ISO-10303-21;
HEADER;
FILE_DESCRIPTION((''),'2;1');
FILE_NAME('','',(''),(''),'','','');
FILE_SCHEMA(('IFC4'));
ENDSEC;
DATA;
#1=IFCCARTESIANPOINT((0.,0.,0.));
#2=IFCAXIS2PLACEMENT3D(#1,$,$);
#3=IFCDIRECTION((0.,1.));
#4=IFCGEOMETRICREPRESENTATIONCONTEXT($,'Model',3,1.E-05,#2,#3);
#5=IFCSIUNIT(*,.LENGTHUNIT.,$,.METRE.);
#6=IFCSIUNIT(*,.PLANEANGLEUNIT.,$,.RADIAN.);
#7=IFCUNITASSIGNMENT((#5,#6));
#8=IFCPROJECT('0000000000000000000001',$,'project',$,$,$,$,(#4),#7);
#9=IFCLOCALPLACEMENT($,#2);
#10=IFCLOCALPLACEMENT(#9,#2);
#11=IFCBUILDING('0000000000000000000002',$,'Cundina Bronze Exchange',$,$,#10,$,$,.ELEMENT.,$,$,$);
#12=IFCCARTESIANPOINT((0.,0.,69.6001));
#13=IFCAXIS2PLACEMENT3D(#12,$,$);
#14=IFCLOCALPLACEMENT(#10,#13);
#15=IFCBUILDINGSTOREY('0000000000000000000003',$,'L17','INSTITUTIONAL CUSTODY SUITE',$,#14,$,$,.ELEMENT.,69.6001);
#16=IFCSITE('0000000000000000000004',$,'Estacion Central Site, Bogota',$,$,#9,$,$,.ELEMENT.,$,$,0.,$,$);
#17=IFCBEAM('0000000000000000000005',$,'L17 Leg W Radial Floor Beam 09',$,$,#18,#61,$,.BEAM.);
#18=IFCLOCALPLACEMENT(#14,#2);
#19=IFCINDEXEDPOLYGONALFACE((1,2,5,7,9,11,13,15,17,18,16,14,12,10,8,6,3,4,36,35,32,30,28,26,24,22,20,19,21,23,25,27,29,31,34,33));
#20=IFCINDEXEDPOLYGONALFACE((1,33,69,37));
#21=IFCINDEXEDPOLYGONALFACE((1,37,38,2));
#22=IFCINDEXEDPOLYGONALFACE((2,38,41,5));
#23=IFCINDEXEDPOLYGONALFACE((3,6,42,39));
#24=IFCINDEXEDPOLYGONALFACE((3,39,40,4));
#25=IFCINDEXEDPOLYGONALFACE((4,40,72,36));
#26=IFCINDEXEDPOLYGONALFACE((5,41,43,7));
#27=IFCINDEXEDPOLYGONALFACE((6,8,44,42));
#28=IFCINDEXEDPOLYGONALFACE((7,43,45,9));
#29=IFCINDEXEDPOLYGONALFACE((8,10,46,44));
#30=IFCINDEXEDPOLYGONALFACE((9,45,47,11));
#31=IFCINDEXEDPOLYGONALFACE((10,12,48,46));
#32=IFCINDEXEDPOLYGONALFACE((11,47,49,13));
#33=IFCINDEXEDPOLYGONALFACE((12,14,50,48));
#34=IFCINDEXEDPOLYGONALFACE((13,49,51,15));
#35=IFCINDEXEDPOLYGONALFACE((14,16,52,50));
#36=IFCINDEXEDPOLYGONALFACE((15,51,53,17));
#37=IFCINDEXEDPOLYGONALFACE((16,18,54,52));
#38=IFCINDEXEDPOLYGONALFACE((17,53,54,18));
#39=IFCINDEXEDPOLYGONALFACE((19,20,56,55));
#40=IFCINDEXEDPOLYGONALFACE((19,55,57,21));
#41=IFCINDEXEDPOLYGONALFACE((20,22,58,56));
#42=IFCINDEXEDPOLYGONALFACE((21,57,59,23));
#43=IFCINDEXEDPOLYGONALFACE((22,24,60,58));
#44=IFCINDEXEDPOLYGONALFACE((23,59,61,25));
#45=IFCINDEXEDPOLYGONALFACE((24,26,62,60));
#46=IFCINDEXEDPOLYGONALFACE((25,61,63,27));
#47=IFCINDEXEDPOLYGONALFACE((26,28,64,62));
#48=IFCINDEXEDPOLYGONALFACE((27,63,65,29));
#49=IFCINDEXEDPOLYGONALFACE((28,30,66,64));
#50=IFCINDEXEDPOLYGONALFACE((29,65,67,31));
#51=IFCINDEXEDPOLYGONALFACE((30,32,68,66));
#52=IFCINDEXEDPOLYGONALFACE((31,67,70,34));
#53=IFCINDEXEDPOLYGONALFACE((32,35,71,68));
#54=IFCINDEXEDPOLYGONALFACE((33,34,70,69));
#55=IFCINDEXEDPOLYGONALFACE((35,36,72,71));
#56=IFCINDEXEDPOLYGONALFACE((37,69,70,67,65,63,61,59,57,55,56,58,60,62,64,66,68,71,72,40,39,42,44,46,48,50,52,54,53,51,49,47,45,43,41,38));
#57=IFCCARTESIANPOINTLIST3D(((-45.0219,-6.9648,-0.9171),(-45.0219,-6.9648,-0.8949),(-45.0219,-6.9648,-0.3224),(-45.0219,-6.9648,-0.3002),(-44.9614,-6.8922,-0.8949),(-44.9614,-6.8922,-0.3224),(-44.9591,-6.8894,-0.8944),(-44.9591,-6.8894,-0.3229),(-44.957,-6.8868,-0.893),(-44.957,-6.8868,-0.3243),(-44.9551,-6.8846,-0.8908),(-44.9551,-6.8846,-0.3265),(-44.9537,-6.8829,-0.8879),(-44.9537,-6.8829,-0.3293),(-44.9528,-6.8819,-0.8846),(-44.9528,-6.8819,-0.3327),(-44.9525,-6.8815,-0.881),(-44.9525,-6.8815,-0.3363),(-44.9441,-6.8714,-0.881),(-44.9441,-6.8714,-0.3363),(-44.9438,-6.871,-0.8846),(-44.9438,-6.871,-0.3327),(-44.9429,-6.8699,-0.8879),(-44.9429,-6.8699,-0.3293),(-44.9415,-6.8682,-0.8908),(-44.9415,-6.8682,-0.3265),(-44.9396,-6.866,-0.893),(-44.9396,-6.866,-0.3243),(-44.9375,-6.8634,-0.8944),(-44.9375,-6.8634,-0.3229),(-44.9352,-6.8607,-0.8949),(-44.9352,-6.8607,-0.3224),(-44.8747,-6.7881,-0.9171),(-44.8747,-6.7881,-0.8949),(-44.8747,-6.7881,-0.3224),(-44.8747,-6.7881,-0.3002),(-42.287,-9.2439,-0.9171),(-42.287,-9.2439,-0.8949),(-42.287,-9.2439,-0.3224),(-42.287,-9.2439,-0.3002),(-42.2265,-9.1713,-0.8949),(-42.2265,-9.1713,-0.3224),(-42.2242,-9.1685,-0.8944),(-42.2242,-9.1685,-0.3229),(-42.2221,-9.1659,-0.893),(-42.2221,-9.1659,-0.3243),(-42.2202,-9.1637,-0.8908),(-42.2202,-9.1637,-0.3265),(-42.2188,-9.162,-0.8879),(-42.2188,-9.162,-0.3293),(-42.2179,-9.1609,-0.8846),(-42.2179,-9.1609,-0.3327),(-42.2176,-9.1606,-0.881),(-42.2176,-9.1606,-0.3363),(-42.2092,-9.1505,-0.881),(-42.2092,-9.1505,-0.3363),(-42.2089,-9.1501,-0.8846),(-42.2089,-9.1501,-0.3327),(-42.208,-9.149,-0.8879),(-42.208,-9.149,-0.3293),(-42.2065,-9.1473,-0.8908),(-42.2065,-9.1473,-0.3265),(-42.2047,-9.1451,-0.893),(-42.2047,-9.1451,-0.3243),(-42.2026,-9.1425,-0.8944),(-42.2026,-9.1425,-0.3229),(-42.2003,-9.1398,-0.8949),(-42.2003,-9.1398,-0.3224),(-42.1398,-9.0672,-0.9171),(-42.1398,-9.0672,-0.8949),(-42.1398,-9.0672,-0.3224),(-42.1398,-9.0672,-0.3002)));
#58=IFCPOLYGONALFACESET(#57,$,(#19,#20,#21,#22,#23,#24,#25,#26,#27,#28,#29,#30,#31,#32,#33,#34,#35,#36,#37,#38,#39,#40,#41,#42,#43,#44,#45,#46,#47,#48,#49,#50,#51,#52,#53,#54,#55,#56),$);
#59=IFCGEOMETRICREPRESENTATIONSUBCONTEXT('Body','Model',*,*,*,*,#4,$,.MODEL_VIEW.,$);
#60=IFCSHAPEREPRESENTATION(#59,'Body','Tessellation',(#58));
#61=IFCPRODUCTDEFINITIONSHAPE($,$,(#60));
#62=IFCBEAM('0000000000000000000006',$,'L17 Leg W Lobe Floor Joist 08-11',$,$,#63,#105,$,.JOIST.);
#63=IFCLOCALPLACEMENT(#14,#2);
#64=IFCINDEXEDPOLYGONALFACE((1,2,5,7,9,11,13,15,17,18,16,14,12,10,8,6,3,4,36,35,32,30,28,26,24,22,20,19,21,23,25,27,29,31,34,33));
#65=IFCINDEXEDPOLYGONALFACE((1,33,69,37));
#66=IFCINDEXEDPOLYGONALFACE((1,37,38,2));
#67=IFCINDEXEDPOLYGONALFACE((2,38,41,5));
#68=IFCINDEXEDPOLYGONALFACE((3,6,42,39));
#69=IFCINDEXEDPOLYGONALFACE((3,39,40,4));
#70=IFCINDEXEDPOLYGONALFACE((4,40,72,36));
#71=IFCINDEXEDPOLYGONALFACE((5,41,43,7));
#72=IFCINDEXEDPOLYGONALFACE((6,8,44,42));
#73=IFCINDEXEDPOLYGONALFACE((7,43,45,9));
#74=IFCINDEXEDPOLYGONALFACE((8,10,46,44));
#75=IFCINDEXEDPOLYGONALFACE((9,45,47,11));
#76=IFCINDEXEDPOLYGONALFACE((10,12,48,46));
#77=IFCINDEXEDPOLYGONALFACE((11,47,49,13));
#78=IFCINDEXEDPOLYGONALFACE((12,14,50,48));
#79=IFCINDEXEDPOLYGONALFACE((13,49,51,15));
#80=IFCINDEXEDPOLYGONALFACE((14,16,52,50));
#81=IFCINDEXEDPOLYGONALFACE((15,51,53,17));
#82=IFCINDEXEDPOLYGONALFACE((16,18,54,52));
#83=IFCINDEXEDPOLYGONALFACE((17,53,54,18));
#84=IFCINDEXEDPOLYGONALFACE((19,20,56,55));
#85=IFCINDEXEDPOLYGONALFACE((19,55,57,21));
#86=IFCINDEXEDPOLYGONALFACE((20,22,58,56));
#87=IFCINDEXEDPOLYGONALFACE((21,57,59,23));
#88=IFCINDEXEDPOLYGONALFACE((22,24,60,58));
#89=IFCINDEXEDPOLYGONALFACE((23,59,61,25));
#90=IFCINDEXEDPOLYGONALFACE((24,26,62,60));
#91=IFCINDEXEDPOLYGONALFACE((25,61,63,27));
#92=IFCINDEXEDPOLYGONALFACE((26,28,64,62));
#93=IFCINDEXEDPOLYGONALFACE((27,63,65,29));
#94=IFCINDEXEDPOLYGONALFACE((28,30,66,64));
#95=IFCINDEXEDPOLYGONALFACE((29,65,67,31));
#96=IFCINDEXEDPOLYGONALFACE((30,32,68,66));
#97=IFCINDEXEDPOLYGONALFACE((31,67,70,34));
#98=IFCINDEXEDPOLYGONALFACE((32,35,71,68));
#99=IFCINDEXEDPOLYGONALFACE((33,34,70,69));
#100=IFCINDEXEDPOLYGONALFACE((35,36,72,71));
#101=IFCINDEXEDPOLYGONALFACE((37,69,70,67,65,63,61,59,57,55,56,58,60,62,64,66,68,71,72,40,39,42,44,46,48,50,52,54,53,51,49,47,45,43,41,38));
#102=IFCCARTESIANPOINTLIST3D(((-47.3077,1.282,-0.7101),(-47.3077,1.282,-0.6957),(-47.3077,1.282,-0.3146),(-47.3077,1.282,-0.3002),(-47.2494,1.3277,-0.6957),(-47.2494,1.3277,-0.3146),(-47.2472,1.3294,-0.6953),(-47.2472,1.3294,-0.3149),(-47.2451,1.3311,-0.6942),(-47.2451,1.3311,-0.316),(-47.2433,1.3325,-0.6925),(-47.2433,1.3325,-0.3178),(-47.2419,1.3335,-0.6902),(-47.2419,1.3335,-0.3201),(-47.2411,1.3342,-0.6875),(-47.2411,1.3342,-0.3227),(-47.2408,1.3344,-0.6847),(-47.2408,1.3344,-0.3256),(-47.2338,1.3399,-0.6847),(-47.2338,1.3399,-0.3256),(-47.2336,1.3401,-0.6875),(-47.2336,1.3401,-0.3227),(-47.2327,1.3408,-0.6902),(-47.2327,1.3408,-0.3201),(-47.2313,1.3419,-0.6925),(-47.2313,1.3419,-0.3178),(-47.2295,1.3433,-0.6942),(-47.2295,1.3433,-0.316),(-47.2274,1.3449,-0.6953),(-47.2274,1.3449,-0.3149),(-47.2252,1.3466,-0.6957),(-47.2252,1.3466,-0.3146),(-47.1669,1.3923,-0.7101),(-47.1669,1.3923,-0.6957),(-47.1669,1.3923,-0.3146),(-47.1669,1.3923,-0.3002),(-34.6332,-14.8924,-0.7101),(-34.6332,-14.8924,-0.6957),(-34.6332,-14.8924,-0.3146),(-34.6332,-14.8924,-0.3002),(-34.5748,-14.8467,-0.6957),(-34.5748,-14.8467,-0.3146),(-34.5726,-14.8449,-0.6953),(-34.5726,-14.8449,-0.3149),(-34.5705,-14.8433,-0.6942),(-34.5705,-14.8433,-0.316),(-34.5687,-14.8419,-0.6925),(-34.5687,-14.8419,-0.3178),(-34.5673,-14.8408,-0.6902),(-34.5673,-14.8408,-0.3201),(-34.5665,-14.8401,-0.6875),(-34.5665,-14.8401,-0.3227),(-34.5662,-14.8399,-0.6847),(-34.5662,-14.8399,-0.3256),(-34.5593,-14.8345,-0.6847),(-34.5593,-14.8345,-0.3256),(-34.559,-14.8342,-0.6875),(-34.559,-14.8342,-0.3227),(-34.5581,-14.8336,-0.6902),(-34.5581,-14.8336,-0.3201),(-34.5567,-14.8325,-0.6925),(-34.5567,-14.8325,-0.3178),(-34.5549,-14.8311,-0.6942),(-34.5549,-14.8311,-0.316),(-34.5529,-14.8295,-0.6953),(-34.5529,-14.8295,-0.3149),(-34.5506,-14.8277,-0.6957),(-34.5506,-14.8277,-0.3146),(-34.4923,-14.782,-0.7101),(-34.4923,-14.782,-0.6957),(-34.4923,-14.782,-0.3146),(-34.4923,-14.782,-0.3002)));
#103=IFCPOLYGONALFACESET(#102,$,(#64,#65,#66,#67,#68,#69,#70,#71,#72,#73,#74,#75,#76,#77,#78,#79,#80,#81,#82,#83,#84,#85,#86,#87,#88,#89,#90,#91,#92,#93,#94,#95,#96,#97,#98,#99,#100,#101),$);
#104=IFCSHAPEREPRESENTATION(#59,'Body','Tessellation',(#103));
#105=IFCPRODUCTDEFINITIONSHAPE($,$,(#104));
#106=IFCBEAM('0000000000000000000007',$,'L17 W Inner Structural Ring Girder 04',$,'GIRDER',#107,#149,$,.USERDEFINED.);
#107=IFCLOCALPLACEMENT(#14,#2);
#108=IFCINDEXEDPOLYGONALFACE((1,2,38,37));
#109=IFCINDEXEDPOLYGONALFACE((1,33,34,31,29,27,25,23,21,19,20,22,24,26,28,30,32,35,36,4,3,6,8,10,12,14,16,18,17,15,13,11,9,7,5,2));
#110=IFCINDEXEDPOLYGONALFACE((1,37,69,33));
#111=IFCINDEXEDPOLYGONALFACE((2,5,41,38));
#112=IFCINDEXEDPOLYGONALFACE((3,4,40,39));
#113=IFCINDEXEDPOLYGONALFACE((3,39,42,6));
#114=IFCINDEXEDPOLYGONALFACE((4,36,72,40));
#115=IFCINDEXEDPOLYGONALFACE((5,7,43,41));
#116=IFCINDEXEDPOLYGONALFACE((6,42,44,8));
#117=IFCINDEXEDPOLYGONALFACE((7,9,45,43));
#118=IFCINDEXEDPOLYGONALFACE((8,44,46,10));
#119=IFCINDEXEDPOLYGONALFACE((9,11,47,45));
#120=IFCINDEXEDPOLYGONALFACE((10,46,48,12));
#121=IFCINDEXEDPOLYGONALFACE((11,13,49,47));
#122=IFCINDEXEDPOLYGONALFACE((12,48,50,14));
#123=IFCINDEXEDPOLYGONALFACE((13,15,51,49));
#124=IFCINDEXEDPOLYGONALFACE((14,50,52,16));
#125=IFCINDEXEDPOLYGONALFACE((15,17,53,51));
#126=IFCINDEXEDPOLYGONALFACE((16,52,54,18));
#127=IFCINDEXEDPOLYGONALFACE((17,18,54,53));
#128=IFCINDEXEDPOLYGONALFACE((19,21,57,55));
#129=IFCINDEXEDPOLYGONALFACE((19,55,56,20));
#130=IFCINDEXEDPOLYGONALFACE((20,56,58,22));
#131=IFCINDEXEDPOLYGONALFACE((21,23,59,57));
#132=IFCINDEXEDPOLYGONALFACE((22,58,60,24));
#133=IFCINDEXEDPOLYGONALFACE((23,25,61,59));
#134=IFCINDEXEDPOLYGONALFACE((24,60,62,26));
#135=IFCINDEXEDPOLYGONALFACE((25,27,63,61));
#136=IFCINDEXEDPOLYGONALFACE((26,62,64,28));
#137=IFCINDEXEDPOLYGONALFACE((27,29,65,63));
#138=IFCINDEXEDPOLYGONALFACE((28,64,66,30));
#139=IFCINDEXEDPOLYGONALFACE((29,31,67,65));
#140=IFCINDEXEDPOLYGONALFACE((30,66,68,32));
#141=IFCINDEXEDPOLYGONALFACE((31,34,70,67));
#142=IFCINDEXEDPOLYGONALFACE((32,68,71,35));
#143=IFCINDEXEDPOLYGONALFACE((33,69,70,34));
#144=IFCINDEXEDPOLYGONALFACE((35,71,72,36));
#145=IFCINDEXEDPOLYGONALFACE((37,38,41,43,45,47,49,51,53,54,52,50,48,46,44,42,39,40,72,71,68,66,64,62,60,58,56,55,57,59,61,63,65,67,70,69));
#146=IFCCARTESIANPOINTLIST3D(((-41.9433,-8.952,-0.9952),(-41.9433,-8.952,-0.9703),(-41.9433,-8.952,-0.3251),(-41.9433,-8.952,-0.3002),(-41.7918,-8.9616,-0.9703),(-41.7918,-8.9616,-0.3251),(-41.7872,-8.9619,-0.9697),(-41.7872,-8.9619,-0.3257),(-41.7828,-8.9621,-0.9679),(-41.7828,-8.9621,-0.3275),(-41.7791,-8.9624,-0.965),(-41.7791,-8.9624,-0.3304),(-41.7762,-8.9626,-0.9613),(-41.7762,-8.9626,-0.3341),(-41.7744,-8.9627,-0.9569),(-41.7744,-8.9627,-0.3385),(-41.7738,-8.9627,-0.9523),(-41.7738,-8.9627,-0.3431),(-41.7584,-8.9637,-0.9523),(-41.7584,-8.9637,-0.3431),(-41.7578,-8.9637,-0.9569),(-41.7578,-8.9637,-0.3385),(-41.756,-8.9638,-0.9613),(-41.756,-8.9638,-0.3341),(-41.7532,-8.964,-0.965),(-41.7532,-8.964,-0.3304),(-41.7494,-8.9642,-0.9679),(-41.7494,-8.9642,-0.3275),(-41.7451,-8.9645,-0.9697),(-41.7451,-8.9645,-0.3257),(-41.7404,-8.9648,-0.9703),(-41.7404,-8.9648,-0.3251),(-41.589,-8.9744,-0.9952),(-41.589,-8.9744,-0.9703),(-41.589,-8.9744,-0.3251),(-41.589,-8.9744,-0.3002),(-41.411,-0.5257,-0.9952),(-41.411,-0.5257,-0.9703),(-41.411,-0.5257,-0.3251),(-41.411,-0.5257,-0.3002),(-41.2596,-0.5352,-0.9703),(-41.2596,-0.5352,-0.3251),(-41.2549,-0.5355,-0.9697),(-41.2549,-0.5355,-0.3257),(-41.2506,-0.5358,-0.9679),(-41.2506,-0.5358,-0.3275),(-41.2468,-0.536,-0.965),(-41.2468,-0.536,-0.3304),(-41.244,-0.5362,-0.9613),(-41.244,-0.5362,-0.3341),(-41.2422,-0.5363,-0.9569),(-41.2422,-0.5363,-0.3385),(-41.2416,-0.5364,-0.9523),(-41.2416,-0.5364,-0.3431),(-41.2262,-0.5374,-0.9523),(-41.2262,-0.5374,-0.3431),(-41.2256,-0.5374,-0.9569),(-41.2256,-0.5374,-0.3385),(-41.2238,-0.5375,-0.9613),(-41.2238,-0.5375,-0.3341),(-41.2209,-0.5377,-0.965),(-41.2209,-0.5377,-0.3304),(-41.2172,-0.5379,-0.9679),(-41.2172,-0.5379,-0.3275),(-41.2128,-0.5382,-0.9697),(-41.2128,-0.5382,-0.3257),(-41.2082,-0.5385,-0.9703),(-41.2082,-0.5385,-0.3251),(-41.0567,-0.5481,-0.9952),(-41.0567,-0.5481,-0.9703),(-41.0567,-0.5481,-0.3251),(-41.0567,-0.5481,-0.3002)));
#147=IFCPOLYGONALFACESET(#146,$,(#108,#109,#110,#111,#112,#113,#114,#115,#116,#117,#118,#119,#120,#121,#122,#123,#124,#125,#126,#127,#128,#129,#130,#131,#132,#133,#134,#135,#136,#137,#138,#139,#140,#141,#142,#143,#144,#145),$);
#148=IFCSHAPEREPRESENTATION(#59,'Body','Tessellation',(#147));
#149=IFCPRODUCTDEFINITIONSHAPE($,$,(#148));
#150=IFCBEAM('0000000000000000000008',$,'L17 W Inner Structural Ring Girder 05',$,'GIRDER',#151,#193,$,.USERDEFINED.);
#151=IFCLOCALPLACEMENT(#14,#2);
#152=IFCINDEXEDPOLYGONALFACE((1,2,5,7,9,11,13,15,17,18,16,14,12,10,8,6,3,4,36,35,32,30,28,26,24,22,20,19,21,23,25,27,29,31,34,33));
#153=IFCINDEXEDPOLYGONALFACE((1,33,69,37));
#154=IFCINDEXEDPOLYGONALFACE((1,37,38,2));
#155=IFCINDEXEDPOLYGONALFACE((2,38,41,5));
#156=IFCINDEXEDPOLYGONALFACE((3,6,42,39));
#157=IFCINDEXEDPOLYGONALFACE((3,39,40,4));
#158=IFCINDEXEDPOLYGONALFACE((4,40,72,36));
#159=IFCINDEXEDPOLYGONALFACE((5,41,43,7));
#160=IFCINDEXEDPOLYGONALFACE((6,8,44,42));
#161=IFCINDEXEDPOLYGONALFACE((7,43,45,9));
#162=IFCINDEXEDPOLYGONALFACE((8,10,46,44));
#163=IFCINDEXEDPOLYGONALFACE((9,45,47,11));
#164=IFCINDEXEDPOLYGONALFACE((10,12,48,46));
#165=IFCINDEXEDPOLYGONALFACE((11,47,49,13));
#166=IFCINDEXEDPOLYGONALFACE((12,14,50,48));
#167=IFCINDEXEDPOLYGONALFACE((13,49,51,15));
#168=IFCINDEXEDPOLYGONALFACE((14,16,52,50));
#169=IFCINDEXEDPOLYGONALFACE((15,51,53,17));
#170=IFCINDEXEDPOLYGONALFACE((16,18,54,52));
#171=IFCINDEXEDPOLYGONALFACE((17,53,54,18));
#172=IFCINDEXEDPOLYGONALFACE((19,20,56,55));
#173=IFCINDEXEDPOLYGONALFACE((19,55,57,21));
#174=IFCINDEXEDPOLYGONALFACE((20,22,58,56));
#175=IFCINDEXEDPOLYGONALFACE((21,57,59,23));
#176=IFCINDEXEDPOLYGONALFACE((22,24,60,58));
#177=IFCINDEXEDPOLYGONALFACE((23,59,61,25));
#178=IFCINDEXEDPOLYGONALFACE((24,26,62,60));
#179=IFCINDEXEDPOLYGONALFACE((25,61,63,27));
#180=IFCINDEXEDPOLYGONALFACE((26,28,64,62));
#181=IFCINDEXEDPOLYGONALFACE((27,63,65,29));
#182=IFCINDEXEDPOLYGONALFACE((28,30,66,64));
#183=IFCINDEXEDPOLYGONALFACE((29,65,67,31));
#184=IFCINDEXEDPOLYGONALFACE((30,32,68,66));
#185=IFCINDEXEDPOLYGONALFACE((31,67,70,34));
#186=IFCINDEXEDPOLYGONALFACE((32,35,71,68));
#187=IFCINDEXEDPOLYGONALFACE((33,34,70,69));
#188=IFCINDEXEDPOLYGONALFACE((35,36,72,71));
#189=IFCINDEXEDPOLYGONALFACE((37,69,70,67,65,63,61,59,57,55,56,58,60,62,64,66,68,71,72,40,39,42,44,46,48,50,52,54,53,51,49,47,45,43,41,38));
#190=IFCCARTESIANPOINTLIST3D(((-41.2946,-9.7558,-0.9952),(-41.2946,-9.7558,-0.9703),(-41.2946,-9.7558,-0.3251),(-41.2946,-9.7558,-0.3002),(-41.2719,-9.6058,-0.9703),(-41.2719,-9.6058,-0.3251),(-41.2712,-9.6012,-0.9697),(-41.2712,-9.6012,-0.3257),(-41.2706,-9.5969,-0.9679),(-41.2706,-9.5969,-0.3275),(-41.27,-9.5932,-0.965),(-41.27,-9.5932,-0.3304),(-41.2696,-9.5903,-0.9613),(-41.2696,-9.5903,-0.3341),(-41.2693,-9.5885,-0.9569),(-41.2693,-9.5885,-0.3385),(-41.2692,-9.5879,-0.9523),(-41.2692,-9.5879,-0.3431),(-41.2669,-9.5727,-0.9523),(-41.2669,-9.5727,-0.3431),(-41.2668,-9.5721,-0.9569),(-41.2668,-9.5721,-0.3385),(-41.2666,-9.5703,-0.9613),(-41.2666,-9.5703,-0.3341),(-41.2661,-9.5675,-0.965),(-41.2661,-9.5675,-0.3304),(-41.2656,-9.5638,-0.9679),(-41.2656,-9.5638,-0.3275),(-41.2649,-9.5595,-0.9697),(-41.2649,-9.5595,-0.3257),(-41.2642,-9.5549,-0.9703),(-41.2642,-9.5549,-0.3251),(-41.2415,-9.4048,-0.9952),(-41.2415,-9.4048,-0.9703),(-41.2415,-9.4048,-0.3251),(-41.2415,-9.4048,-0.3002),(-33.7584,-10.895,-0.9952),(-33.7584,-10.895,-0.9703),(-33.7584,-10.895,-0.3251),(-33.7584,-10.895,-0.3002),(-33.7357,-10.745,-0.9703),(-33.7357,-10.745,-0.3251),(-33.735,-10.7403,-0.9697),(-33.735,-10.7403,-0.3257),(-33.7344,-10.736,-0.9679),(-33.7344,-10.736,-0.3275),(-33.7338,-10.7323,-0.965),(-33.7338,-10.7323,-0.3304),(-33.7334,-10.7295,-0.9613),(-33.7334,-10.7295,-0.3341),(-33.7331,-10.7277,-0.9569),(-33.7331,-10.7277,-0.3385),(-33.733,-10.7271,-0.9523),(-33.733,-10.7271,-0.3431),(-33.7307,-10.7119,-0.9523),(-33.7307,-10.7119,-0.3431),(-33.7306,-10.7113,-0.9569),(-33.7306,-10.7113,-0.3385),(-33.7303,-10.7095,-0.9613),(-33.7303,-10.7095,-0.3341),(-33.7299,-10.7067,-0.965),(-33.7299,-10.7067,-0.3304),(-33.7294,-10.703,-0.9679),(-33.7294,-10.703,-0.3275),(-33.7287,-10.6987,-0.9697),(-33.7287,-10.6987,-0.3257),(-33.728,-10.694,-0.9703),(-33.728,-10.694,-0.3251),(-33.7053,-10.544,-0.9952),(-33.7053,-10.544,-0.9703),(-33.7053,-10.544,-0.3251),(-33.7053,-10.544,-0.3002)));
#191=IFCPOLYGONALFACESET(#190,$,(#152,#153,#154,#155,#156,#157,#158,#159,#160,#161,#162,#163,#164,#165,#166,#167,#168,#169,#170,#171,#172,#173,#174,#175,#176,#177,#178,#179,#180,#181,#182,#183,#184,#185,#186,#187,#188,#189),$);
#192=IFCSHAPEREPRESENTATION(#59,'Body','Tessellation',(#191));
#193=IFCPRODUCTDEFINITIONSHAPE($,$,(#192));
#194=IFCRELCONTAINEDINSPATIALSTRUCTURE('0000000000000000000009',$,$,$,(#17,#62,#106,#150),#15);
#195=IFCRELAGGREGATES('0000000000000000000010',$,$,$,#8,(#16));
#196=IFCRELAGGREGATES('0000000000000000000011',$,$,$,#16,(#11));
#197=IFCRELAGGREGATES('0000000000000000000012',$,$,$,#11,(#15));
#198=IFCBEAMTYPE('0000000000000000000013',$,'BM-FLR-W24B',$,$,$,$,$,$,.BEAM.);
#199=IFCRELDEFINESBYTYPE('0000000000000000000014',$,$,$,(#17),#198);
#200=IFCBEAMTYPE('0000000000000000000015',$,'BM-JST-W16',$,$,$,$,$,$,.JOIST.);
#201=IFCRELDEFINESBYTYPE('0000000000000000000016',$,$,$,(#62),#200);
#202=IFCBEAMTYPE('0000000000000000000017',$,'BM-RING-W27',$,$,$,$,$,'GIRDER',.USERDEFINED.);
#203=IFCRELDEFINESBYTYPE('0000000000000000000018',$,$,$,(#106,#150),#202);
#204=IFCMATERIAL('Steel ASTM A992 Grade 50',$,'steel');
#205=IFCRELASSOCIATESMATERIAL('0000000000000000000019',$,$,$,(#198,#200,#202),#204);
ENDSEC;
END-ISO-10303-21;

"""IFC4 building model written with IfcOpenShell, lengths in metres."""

from ifc_helpers import new_model, si_unit, direction, frame, origin, origin_2d, place, context, subcontext, project, spatial, i_section, extrude, material, material_profile, profile_set, type_object, element, save


model = new_model("IFC4")

# Units and contexts
model_context = context("Model", 3, precision=1e-05, world=origin(), true_north=direction((0.0, 1.0)))
body_context = subcontext(model_context, "Body", "Model", "MODEL_VIEW")
ifc_project = project(units=[si_unit("LENGTHUNIT", "METRE"), si_unit("PLANEANGLEUNIT", "RADIAN")], contexts=[model_context])

# Site, building, storey
site_placement = place(None, origin())
site = spatial("IfcSite", under=ifc_project, at=site_placement, Name="Estacion Central Site, Bogota", CompositionType="ELEMENT", RefElevation=0.0)
building_placement = place(site_placement, origin())
building = spatial("IfcBuilding", under=site, at=building_placement, Name="Cundina Bronze Exchange", CompositionType="ELEMENT")
storey_placement = place(building_placement, frame((0.0, 0.0, 69.6001)))
storey = spatial("IfcBuildingStorey", under=building, at=storey_placement, Name="L17", Description="INSTITUTIONAL CUSTODY SUITE", CompositionType="ELEMENT", Elevation=69.6001)

# Shared definitions
ifc_material_1 = material(Name="Steel ASTM A992 Grade 50", Category="steel")

# Beams
ifc_material_profile_1 = material_profile(ifc_material_1, i_section(OverallWidth=0.23, OverallDepth=0.6169, WebThickness=0.0132, FlangeThickness=0.0222, FilletRadius=0.0139, at=origin_2d()), Name="W24X94", Category="steel")
ifc_profile_set_1 = profile_set([ifc_material_profile_1], Name="Steel ASTM A992 Grade 50")
beam_type_1 = type_object("IfcBeamType", Name="BM-FLR-W24B", PredefinedType="BEAM", material=ifc_profile_set_1)
beam_1_placement = place(storey_placement, frame((-42.2134, -9.1555, -0.6086), z_axis=(-0.768221, 0.640184, 0.0), x_axis=(-0.640184, -0.768221, 0.0)))
element("IfcBeam", 1, at=beam_1_placement, inside=storey, type_object=beam_type_1, Name="L17 Leg W Radial Floor Beam 09", PredefinedType="BEAM", context=body_context, shape_type="SweptSolid", body=[
    extrude(i_section(OverallWidth=0.23, OverallDepth=0.6169, WebThickness=0.0132, FlangeThickness=0.0222, FilletRadius=0.0139, at=origin_2d()), origin(), (0.0, 0.0, 1.0), 3.5601),
])
ifc_material_profile_2 = material_profile(ifc_material_1, i_section(OverallWidth=0.179, OverallDepth=0.4099, WebThickness=0.0088, FlangeThickness=0.0144, FilletRadius=0.011, at=origin_2d()), Name="W16X45", Category="steel")
ifc_profile_set_2 = profile_set([ifc_material_profile_2], Name="Steel ASTM A992 Grade 50")
beam_type_2 = type_object("IfcBeamType", Name="BM-JST-W16", PredefinedType="JOIST", material=ifc_profile_set_2)
beam_2_placement = place(storey_placement, frame((-47.2373, 1.3372, -0.5051), z_axis=(0.616803, -0.787117, 0.0), x_axis=(0.787117, 0.616803, 0.0)))
element("IfcBeam", 2, at=beam_2_placement, inside=storey, type_object=beam_type_2, Name="L17 Leg W Lobe Floor Joist 08-11", PredefinedType="JOIST", context=body_context, shape_type="SweptSolid", body=[
    extrude(i_section(OverallWidth=0.179, OverallDepth=0.4099, WebThickness=0.0088, FlangeThickness=0.0144, FilletRadius=0.011, at=origin_2d()), origin(), (0.0, 0.0, 1.0), 20.5488),
])
ifc_material_profile_3 = material_profile(ifc_material_1, i_section(OverallWidth=0.355, OverallDepth=0.6951, WebThickness=0.0154, FlangeThickness=0.0249, FilletRadius=0.0181, at=origin_2d()), Name="W27X146", Category="steel")
ifc_profile_set_3 = profile_set([ifc_material_profile_3], Name="Steel ASTM A992 Grade 50")
beam_type_3 = type_object("IfcBeamType", Name="BM-RING-W27", ElementType="GIRDER", PredefinedType="USERDEFINED", material=ifc_profile_set_3)
beam_3_placement = place(storey_placement, frame((-41.2339, -0.5369, -0.6477), z_axis=(-0.063037, -0.998011, 0.0), x_axis=(0.998011, -0.063037, 0.0)))
element("IfcBeam", 3, at=beam_3_placement, inside=storey, type_object=beam_type_3, Name="L17 W Inner Structural Ring Girder 04", ObjectType="GIRDER", PredefinedType="USERDEFINED", context=body_context, shape_type="SweptSolid", body=[
    extrude(i_section(OverallWidth=0.355, OverallDepth=0.6951, WebThickness=0.0154, FlangeThickness=0.0249, FilletRadius=0.0181, at=origin_2d()), origin(), (0.0, 0.0, 1.0), 8.4431),
])
beam_4_placement = place(storey_placement, frame((-41.2681, -9.5803, -0.6477), z_axis=(0.988767, -0.149462, 0.0), x_axis=(0.149462, 0.988767, 0.0)))
element("IfcBeam", 4, at=beam_4_placement, inside=storey, type_object=beam_type_3, Name="L17 W Inner Structural Ring Girder 05", ObjectType="GIRDER", PredefinedType="USERDEFINED", context=body_context, shape_type="SweptSolid", body=[
    extrude(i_section(OverallWidth=0.355, OverallDepth=0.6951, WebThickness=0.0154, FlangeThickness=0.0249, FilletRadius=0.0181, at=origin_2d()), origin(), (0.0, 0.0, 1.0), 7.6218),
])

save(model, "model.ifc")
